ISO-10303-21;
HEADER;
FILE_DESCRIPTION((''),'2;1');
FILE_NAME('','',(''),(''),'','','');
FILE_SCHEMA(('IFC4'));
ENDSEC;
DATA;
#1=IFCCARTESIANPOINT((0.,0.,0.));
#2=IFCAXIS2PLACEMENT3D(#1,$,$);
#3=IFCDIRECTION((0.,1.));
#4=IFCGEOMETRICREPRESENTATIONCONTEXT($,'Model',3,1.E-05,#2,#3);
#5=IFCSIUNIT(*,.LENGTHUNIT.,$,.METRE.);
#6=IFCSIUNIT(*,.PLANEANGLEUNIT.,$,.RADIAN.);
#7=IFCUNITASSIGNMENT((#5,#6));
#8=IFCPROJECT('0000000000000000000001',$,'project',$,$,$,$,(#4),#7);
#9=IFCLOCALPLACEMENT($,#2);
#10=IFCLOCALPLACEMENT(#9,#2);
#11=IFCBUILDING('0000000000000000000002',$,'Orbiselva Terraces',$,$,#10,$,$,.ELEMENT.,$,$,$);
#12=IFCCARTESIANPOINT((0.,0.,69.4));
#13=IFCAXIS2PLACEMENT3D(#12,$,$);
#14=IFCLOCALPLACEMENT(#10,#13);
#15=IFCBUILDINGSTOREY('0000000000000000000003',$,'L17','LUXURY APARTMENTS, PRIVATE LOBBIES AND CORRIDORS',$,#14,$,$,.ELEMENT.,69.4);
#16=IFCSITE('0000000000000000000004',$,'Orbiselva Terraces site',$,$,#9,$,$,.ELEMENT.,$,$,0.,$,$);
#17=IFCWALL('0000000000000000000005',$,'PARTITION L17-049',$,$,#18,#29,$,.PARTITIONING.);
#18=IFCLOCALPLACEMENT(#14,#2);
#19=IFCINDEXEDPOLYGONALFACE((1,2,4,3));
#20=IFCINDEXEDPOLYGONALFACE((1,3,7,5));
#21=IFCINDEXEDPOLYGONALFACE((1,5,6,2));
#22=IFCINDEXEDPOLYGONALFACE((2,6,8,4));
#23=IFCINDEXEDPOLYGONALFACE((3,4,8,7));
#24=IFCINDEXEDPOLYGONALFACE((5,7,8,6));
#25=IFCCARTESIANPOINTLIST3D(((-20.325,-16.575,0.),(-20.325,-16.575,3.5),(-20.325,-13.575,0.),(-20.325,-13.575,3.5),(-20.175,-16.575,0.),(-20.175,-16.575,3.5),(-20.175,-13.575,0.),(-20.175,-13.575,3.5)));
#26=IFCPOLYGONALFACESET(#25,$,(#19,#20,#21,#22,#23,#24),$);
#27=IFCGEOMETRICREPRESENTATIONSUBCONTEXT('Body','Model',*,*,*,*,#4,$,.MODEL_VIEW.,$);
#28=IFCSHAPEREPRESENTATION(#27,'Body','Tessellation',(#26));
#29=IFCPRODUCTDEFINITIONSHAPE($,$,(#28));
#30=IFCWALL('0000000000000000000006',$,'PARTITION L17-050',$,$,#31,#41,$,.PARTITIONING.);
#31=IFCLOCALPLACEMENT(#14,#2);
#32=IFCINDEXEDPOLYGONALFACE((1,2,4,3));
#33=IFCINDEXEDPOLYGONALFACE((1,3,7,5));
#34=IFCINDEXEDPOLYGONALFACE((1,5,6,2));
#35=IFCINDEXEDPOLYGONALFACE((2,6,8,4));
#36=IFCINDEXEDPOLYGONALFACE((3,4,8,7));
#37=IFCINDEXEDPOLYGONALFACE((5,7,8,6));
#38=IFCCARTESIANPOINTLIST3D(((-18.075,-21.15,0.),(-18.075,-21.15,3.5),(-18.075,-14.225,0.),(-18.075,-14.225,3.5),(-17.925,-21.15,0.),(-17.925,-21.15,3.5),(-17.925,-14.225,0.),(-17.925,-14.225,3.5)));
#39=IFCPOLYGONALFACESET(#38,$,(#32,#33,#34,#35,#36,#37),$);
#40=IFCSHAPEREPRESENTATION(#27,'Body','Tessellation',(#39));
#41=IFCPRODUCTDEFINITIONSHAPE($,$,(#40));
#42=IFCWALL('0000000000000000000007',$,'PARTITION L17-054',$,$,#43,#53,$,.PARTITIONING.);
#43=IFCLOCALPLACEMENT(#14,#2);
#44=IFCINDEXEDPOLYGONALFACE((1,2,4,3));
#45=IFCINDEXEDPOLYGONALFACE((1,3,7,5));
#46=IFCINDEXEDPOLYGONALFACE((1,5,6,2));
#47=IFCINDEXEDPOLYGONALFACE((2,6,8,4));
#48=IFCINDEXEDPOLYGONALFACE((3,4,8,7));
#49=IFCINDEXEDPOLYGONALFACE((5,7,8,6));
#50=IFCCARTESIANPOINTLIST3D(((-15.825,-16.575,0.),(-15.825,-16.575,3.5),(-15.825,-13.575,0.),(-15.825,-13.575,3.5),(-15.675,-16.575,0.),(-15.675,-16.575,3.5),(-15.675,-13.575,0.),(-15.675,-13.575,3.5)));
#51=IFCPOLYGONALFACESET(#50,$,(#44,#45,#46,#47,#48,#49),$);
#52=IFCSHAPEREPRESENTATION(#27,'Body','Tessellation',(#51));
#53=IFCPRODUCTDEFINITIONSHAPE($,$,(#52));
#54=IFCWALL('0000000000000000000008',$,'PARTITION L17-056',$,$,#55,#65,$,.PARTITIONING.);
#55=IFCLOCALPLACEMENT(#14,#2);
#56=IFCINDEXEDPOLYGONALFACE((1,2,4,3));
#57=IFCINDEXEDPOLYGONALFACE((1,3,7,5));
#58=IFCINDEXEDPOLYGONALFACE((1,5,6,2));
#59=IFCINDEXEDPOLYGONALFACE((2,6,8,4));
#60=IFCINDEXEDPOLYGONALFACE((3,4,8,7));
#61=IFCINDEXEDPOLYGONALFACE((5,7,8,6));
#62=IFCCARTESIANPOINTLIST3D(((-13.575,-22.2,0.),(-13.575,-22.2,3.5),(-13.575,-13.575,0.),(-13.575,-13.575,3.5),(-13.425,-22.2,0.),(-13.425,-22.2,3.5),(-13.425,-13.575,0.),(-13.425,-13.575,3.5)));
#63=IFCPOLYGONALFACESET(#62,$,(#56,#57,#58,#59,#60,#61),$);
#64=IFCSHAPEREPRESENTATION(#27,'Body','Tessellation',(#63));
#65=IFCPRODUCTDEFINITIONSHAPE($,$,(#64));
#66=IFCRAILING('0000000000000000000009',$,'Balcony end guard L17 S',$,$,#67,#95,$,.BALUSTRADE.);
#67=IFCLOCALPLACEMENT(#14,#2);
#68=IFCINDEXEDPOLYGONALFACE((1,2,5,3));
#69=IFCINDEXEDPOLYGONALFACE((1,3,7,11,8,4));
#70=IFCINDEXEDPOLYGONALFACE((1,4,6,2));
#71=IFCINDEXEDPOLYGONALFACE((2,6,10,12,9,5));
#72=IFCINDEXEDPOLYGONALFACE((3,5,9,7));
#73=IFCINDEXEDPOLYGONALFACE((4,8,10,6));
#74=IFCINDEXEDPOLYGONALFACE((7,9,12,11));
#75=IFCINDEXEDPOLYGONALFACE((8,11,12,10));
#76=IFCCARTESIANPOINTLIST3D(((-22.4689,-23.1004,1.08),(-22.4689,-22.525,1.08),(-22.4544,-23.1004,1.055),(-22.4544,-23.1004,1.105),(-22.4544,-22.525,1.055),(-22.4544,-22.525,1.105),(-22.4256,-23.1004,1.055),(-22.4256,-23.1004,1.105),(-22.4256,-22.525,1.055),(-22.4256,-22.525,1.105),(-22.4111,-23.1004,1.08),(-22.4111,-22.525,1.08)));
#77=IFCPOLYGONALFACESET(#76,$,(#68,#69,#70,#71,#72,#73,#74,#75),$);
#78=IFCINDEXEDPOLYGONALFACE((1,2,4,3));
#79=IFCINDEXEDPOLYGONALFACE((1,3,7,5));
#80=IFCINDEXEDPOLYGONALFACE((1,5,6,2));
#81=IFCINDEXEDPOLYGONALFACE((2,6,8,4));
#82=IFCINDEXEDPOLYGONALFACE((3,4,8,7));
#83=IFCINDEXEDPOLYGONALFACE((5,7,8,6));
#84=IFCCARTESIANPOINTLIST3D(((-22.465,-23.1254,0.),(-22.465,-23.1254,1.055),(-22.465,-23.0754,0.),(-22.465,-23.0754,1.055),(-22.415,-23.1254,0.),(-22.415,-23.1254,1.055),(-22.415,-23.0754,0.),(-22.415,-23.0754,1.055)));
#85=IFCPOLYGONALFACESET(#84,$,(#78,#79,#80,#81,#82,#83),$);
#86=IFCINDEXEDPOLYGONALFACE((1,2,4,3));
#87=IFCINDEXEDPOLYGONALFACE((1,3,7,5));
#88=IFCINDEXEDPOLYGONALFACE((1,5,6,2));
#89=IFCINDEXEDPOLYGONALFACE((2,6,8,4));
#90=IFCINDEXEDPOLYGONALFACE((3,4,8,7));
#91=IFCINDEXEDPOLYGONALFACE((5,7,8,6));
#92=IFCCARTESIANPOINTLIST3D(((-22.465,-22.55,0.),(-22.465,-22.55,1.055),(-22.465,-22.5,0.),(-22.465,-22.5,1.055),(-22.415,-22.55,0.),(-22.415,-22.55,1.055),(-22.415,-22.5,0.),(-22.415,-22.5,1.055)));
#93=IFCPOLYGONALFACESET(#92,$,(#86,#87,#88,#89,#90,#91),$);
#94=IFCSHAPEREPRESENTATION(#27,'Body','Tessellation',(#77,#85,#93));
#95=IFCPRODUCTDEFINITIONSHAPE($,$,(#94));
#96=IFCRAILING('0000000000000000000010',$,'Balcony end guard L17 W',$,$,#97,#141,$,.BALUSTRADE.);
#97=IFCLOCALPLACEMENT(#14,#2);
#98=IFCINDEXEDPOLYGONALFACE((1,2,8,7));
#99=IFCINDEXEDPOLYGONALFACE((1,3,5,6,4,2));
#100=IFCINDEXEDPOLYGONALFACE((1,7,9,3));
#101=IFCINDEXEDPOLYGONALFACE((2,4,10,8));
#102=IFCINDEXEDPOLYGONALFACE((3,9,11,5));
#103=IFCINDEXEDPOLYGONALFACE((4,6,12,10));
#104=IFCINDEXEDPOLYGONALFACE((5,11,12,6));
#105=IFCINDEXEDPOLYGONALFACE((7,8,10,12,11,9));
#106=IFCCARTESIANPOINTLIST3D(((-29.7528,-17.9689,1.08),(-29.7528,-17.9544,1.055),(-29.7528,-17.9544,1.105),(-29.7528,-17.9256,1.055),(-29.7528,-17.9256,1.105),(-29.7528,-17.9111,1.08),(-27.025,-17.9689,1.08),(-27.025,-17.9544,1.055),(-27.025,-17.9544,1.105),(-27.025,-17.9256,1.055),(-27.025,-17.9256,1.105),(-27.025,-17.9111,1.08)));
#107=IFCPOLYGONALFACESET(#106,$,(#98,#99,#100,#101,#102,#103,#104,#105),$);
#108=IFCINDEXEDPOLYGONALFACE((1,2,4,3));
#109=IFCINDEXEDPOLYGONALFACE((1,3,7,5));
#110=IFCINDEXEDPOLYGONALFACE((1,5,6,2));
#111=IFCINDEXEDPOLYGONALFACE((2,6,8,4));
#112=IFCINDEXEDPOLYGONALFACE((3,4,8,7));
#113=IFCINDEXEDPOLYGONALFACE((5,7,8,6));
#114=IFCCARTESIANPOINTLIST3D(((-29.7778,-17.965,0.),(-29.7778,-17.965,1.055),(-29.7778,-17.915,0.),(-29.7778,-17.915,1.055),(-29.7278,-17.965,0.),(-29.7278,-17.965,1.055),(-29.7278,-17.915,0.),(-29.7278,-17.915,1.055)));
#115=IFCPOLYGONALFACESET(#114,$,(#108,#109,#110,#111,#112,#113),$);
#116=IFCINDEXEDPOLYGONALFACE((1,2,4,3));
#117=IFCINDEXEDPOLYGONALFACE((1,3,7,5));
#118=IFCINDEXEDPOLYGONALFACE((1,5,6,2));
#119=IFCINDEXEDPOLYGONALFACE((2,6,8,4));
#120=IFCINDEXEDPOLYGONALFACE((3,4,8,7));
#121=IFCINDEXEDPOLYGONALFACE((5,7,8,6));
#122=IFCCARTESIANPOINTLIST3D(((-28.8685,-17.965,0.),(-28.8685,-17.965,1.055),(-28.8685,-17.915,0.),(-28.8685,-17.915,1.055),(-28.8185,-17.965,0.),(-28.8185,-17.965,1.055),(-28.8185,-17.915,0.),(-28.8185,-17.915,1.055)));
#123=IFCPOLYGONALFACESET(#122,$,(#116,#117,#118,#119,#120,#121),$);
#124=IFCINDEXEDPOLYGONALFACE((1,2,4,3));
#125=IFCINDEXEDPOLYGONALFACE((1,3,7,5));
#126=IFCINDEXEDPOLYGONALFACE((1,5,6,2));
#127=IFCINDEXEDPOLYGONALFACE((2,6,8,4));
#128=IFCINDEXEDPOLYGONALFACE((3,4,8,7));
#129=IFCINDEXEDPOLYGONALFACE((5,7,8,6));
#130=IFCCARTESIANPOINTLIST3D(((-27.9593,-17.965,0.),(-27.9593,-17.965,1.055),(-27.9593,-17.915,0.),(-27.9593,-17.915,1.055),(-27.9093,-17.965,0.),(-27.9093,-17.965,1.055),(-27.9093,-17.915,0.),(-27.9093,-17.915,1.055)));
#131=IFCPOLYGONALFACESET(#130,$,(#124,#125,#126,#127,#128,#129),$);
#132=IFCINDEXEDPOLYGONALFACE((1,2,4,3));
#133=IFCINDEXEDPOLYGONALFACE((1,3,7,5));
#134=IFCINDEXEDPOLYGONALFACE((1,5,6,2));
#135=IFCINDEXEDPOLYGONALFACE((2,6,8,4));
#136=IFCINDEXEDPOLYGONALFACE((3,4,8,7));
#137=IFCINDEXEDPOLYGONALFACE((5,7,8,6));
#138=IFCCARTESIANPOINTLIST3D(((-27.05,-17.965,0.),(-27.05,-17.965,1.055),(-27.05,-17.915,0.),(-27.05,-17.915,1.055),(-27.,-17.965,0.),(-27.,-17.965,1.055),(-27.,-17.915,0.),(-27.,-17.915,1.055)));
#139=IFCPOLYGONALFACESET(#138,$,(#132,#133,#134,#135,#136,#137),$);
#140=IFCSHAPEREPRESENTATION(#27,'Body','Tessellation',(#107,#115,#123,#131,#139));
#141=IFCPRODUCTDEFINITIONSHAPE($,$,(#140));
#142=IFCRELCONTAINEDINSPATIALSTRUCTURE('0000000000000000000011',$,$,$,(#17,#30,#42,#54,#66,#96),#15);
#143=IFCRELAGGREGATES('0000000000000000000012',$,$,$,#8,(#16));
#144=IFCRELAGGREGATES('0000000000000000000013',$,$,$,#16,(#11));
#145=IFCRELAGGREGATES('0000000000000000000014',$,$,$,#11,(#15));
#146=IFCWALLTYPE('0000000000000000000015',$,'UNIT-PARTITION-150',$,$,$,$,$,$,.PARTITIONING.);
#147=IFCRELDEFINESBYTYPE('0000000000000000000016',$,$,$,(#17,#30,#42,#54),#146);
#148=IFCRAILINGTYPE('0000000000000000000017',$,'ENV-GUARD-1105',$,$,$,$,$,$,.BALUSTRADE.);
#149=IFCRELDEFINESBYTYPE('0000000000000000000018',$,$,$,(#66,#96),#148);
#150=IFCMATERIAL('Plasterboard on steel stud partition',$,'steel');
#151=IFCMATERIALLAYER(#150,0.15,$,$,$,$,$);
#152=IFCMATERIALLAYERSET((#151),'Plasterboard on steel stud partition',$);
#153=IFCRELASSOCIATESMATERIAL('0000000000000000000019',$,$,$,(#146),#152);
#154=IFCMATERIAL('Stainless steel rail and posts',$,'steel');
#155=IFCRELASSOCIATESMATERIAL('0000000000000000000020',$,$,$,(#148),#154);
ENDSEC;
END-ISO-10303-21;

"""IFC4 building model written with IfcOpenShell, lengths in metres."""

from ifc_helpers import new_model, si_unit, direction, frame, frame_2d, origin, origin_2d, place, context, subcontext, project, spatial, polyline, rectangle, outline, extrude, material, layer, layer_set, type_object, element, save


model = new_model("IFC4")

# Units and contexts
model_context = context("Model", 3, precision=1e-05, world=origin(), true_north=direction((0.0, 1.0)))
body_context = subcontext(model_context, "Body", "Model", "MODEL_VIEW")
ifc_project = project(units=[si_unit("LENGTHUNIT", "METRE"), si_unit("PLANEANGLEUNIT", "RADIAN")], contexts=[model_context])

# Site, building, storey
site_placement = place(None, origin())
site = spatial("IfcSite", under=ifc_project, at=site_placement, Name="Orbiselva Terraces site", CompositionType="ELEMENT", RefElevation=0.0)
building_placement = place(site_placement, origin())
building = spatial("IfcBuilding", under=site, at=building_placement, Name="Orbiselva Terraces", CompositionType="ELEMENT")
storey_placement = place(building_placement, frame((0.0, 0.0, 69.4)))
storey = spatial("IfcBuildingStorey", under=building, at=storey_placement, Name="L17", Description="LUXURY APARTMENTS, PRIVATE LOBBIES AND CORRIDORS", CompositionType="ELEMENT", Elevation=69.4)

# Shared definitions
ifc_material_1 = material(Name="Plasterboard on steel stud partition", Category="steel")
ifc_layer_1 = layer(ifc_material_1, 0.15)
ifc_layer_set_1 = layer_set([ifc_layer_1], Name="Plasterboard on steel stud partition")
wall_type_1 = type_object("IfcWallType", Name="UNIT-PARTITION-150", PredefinedType="PARTITIONING", material=ifc_layer_set_1)

# Walls
wall_1_placement = place(storey_placement, frame((-20.25, -16.575, 0.0), z_axis=(0.0, 0.0, 1.0), x_axis=(0.0, 1.0, 0.0)))
element("IfcWall", 1, at=wall_1_placement, inside=storey, type_object=wall_type_1, Name="PARTITION L17-049", PredefinedType="PARTITIONING", context=body_context, shape_type="SweptSolid", body=[
    extrude(rectangle(XDim=3.0, YDim=0.15, at=frame_2d((1.5, 0.0))), origin(), (0.0, 0.0, 1.0), 3.5),
])
wall_2_placement = place(storey_placement, frame((-18.0, -21.15, 0.0), z_axis=(0.0, 0.0, 1.0), x_axis=(0.0, 1.0, 0.0)))
element("IfcWall", 2, at=wall_2_placement, inside=storey, type_object=wall_type_1, Name="PARTITION L17-050", PredefinedType="PARTITIONING", context=body_context, shape_type="SweptSolid", body=[
    extrude(rectangle(XDim=6.925, YDim=0.15, at=frame_2d((3.4625, 0.0))), origin(), (0.0, 0.0, 1.0), 3.5),
])
wall_3_placement = place(storey_placement, frame((-15.75, -16.575, 0.0), z_axis=(0.0, 0.0, 1.0), x_axis=(0.0, 1.0, 0.0)))
element("IfcWall", 3, at=wall_3_placement, inside=storey, type_object=wall_type_1, Name="PARTITION L17-054", PredefinedType="PARTITIONING", context=body_context, shape_type="SweptSolid", body=[
    extrude(rectangle(XDim=3.0, YDim=0.15, at=frame_2d((1.5, 0.0))), origin(), (0.0, 0.0, 1.0), 3.5),
])
wall_4_placement = place(storey_placement, frame((-13.5, -22.2, 0.0), z_axis=(0.0, 0.0, 1.0), x_axis=(0.0, 1.0, 0.0)))
element("IfcWall", 4, at=wall_4_placement, inside=storey, type_object=wall_type_1, Name="PARTITION L17-056", PredefinedType="PARTITIONING", context=body_context, shape_type="SweptSolid", body=[
    extrude(rectangle(XDim=8.625, YDim=0.15, at=frame_2d((4.3125, 0.0))), origin(), (0.0, 0.0, 1.0), 3.5),
])

# Railings
ifc_material_2 = material(Name="Stainless steel rail and posts", Category="steel")
railing_type_1 = type_object("IfcRailingType", Name="ENV-GUARD-1105", PredefinedType="BALUSTRADE", material=ifc_material_2)
railing_1_placement = place(storey_placement, frame((-22.44, -23.1004, 0.0)))
element("IfcRailing", 5, at=railing_1_placement, inside=storey, type_object=railing_type_1, Name="Balcony end guard L17 S", PredefinedType="BALUSTRADE", context=body_context, shape_type="SweptSolid", body=[
    extrude(outline(polyline([(0.0289, 0.0), (0.0144, 0.025), (-0.0144, 0.025), (-0.0289, 0.0), (-0.0144, -0.025), (0.0144, -0.025), (0.0289, 0.0)])), frame((0.0, 0.0, 1.08), z_axis=(0.0, 1.0, 0.0), x_axis=(-1.0, 0.0, 0.0)), (0.0, 0.0, 1.0), 0.5754),
    extrude(rectangle(XDim=0.05, YDim=0.05, at=origin_2d()), origin(), (0.0, 0.0, 1.0), 1.055),
    extrude(rectangle(XDim=0.05, YDim=0.05, at=origin_2d()), frame((0.0, 0.5754, 0.0)), (0.0, 0.0, 1.0), 1.055),
])
railing_2_placement = place(storey_placement, frame((-29.7528, -17.94, 0.0)))
element("IfcRailing", 6, at=railing_2_placement, inside=storey, type_object=railing_type_1, Name="Balcony end guard L17 W", PredefinedType="BALUSTRADE", context=body_context, shape_type="SweptSolid", body=[
    extrude(outline(polyline([(0.0289, 0.0), (0.0144, 0.025), (-0.0144, 0.025), (-0.0289, 0.0), (-0.0144, -0.025), (0.0144, -0.025), (0.0289, 0.0)])), frame((0.0, 0.0, 1.08), z_axis=(1.0, 0.0, 0.0), x_axis=(0.0, 1.0, 0.0)), (0.0, 0.0, 1.0), 2.7278),
    extrude(rectangle(XDim=0.05, YDim=0.05, at=origin_2d()), origin(), (0.0, 0.0, 1.0), 1.055),
    extrude(rectangle(XDim=0.05, YDim=0.05, at=origin_2d()), frame((0.9093, 0.0, 0.0)), (0.0, 0.0, 1.0), 1.055),
    extrude(rectangle(XDim=0.05, YDim=0.05, at=origin_2d()), frame((1.8185, 0.0, 0.0)), (0.0, 0.0, 1.0), 1.055),
    extrude(rectangle(XDim=0.05, YDim=0.05, at=origin_2d()), frame((2.7278, 0.0, 0.0)), (0.0, 0.0, 1.0), 1.055),
])

save(model, "model.ifc")
